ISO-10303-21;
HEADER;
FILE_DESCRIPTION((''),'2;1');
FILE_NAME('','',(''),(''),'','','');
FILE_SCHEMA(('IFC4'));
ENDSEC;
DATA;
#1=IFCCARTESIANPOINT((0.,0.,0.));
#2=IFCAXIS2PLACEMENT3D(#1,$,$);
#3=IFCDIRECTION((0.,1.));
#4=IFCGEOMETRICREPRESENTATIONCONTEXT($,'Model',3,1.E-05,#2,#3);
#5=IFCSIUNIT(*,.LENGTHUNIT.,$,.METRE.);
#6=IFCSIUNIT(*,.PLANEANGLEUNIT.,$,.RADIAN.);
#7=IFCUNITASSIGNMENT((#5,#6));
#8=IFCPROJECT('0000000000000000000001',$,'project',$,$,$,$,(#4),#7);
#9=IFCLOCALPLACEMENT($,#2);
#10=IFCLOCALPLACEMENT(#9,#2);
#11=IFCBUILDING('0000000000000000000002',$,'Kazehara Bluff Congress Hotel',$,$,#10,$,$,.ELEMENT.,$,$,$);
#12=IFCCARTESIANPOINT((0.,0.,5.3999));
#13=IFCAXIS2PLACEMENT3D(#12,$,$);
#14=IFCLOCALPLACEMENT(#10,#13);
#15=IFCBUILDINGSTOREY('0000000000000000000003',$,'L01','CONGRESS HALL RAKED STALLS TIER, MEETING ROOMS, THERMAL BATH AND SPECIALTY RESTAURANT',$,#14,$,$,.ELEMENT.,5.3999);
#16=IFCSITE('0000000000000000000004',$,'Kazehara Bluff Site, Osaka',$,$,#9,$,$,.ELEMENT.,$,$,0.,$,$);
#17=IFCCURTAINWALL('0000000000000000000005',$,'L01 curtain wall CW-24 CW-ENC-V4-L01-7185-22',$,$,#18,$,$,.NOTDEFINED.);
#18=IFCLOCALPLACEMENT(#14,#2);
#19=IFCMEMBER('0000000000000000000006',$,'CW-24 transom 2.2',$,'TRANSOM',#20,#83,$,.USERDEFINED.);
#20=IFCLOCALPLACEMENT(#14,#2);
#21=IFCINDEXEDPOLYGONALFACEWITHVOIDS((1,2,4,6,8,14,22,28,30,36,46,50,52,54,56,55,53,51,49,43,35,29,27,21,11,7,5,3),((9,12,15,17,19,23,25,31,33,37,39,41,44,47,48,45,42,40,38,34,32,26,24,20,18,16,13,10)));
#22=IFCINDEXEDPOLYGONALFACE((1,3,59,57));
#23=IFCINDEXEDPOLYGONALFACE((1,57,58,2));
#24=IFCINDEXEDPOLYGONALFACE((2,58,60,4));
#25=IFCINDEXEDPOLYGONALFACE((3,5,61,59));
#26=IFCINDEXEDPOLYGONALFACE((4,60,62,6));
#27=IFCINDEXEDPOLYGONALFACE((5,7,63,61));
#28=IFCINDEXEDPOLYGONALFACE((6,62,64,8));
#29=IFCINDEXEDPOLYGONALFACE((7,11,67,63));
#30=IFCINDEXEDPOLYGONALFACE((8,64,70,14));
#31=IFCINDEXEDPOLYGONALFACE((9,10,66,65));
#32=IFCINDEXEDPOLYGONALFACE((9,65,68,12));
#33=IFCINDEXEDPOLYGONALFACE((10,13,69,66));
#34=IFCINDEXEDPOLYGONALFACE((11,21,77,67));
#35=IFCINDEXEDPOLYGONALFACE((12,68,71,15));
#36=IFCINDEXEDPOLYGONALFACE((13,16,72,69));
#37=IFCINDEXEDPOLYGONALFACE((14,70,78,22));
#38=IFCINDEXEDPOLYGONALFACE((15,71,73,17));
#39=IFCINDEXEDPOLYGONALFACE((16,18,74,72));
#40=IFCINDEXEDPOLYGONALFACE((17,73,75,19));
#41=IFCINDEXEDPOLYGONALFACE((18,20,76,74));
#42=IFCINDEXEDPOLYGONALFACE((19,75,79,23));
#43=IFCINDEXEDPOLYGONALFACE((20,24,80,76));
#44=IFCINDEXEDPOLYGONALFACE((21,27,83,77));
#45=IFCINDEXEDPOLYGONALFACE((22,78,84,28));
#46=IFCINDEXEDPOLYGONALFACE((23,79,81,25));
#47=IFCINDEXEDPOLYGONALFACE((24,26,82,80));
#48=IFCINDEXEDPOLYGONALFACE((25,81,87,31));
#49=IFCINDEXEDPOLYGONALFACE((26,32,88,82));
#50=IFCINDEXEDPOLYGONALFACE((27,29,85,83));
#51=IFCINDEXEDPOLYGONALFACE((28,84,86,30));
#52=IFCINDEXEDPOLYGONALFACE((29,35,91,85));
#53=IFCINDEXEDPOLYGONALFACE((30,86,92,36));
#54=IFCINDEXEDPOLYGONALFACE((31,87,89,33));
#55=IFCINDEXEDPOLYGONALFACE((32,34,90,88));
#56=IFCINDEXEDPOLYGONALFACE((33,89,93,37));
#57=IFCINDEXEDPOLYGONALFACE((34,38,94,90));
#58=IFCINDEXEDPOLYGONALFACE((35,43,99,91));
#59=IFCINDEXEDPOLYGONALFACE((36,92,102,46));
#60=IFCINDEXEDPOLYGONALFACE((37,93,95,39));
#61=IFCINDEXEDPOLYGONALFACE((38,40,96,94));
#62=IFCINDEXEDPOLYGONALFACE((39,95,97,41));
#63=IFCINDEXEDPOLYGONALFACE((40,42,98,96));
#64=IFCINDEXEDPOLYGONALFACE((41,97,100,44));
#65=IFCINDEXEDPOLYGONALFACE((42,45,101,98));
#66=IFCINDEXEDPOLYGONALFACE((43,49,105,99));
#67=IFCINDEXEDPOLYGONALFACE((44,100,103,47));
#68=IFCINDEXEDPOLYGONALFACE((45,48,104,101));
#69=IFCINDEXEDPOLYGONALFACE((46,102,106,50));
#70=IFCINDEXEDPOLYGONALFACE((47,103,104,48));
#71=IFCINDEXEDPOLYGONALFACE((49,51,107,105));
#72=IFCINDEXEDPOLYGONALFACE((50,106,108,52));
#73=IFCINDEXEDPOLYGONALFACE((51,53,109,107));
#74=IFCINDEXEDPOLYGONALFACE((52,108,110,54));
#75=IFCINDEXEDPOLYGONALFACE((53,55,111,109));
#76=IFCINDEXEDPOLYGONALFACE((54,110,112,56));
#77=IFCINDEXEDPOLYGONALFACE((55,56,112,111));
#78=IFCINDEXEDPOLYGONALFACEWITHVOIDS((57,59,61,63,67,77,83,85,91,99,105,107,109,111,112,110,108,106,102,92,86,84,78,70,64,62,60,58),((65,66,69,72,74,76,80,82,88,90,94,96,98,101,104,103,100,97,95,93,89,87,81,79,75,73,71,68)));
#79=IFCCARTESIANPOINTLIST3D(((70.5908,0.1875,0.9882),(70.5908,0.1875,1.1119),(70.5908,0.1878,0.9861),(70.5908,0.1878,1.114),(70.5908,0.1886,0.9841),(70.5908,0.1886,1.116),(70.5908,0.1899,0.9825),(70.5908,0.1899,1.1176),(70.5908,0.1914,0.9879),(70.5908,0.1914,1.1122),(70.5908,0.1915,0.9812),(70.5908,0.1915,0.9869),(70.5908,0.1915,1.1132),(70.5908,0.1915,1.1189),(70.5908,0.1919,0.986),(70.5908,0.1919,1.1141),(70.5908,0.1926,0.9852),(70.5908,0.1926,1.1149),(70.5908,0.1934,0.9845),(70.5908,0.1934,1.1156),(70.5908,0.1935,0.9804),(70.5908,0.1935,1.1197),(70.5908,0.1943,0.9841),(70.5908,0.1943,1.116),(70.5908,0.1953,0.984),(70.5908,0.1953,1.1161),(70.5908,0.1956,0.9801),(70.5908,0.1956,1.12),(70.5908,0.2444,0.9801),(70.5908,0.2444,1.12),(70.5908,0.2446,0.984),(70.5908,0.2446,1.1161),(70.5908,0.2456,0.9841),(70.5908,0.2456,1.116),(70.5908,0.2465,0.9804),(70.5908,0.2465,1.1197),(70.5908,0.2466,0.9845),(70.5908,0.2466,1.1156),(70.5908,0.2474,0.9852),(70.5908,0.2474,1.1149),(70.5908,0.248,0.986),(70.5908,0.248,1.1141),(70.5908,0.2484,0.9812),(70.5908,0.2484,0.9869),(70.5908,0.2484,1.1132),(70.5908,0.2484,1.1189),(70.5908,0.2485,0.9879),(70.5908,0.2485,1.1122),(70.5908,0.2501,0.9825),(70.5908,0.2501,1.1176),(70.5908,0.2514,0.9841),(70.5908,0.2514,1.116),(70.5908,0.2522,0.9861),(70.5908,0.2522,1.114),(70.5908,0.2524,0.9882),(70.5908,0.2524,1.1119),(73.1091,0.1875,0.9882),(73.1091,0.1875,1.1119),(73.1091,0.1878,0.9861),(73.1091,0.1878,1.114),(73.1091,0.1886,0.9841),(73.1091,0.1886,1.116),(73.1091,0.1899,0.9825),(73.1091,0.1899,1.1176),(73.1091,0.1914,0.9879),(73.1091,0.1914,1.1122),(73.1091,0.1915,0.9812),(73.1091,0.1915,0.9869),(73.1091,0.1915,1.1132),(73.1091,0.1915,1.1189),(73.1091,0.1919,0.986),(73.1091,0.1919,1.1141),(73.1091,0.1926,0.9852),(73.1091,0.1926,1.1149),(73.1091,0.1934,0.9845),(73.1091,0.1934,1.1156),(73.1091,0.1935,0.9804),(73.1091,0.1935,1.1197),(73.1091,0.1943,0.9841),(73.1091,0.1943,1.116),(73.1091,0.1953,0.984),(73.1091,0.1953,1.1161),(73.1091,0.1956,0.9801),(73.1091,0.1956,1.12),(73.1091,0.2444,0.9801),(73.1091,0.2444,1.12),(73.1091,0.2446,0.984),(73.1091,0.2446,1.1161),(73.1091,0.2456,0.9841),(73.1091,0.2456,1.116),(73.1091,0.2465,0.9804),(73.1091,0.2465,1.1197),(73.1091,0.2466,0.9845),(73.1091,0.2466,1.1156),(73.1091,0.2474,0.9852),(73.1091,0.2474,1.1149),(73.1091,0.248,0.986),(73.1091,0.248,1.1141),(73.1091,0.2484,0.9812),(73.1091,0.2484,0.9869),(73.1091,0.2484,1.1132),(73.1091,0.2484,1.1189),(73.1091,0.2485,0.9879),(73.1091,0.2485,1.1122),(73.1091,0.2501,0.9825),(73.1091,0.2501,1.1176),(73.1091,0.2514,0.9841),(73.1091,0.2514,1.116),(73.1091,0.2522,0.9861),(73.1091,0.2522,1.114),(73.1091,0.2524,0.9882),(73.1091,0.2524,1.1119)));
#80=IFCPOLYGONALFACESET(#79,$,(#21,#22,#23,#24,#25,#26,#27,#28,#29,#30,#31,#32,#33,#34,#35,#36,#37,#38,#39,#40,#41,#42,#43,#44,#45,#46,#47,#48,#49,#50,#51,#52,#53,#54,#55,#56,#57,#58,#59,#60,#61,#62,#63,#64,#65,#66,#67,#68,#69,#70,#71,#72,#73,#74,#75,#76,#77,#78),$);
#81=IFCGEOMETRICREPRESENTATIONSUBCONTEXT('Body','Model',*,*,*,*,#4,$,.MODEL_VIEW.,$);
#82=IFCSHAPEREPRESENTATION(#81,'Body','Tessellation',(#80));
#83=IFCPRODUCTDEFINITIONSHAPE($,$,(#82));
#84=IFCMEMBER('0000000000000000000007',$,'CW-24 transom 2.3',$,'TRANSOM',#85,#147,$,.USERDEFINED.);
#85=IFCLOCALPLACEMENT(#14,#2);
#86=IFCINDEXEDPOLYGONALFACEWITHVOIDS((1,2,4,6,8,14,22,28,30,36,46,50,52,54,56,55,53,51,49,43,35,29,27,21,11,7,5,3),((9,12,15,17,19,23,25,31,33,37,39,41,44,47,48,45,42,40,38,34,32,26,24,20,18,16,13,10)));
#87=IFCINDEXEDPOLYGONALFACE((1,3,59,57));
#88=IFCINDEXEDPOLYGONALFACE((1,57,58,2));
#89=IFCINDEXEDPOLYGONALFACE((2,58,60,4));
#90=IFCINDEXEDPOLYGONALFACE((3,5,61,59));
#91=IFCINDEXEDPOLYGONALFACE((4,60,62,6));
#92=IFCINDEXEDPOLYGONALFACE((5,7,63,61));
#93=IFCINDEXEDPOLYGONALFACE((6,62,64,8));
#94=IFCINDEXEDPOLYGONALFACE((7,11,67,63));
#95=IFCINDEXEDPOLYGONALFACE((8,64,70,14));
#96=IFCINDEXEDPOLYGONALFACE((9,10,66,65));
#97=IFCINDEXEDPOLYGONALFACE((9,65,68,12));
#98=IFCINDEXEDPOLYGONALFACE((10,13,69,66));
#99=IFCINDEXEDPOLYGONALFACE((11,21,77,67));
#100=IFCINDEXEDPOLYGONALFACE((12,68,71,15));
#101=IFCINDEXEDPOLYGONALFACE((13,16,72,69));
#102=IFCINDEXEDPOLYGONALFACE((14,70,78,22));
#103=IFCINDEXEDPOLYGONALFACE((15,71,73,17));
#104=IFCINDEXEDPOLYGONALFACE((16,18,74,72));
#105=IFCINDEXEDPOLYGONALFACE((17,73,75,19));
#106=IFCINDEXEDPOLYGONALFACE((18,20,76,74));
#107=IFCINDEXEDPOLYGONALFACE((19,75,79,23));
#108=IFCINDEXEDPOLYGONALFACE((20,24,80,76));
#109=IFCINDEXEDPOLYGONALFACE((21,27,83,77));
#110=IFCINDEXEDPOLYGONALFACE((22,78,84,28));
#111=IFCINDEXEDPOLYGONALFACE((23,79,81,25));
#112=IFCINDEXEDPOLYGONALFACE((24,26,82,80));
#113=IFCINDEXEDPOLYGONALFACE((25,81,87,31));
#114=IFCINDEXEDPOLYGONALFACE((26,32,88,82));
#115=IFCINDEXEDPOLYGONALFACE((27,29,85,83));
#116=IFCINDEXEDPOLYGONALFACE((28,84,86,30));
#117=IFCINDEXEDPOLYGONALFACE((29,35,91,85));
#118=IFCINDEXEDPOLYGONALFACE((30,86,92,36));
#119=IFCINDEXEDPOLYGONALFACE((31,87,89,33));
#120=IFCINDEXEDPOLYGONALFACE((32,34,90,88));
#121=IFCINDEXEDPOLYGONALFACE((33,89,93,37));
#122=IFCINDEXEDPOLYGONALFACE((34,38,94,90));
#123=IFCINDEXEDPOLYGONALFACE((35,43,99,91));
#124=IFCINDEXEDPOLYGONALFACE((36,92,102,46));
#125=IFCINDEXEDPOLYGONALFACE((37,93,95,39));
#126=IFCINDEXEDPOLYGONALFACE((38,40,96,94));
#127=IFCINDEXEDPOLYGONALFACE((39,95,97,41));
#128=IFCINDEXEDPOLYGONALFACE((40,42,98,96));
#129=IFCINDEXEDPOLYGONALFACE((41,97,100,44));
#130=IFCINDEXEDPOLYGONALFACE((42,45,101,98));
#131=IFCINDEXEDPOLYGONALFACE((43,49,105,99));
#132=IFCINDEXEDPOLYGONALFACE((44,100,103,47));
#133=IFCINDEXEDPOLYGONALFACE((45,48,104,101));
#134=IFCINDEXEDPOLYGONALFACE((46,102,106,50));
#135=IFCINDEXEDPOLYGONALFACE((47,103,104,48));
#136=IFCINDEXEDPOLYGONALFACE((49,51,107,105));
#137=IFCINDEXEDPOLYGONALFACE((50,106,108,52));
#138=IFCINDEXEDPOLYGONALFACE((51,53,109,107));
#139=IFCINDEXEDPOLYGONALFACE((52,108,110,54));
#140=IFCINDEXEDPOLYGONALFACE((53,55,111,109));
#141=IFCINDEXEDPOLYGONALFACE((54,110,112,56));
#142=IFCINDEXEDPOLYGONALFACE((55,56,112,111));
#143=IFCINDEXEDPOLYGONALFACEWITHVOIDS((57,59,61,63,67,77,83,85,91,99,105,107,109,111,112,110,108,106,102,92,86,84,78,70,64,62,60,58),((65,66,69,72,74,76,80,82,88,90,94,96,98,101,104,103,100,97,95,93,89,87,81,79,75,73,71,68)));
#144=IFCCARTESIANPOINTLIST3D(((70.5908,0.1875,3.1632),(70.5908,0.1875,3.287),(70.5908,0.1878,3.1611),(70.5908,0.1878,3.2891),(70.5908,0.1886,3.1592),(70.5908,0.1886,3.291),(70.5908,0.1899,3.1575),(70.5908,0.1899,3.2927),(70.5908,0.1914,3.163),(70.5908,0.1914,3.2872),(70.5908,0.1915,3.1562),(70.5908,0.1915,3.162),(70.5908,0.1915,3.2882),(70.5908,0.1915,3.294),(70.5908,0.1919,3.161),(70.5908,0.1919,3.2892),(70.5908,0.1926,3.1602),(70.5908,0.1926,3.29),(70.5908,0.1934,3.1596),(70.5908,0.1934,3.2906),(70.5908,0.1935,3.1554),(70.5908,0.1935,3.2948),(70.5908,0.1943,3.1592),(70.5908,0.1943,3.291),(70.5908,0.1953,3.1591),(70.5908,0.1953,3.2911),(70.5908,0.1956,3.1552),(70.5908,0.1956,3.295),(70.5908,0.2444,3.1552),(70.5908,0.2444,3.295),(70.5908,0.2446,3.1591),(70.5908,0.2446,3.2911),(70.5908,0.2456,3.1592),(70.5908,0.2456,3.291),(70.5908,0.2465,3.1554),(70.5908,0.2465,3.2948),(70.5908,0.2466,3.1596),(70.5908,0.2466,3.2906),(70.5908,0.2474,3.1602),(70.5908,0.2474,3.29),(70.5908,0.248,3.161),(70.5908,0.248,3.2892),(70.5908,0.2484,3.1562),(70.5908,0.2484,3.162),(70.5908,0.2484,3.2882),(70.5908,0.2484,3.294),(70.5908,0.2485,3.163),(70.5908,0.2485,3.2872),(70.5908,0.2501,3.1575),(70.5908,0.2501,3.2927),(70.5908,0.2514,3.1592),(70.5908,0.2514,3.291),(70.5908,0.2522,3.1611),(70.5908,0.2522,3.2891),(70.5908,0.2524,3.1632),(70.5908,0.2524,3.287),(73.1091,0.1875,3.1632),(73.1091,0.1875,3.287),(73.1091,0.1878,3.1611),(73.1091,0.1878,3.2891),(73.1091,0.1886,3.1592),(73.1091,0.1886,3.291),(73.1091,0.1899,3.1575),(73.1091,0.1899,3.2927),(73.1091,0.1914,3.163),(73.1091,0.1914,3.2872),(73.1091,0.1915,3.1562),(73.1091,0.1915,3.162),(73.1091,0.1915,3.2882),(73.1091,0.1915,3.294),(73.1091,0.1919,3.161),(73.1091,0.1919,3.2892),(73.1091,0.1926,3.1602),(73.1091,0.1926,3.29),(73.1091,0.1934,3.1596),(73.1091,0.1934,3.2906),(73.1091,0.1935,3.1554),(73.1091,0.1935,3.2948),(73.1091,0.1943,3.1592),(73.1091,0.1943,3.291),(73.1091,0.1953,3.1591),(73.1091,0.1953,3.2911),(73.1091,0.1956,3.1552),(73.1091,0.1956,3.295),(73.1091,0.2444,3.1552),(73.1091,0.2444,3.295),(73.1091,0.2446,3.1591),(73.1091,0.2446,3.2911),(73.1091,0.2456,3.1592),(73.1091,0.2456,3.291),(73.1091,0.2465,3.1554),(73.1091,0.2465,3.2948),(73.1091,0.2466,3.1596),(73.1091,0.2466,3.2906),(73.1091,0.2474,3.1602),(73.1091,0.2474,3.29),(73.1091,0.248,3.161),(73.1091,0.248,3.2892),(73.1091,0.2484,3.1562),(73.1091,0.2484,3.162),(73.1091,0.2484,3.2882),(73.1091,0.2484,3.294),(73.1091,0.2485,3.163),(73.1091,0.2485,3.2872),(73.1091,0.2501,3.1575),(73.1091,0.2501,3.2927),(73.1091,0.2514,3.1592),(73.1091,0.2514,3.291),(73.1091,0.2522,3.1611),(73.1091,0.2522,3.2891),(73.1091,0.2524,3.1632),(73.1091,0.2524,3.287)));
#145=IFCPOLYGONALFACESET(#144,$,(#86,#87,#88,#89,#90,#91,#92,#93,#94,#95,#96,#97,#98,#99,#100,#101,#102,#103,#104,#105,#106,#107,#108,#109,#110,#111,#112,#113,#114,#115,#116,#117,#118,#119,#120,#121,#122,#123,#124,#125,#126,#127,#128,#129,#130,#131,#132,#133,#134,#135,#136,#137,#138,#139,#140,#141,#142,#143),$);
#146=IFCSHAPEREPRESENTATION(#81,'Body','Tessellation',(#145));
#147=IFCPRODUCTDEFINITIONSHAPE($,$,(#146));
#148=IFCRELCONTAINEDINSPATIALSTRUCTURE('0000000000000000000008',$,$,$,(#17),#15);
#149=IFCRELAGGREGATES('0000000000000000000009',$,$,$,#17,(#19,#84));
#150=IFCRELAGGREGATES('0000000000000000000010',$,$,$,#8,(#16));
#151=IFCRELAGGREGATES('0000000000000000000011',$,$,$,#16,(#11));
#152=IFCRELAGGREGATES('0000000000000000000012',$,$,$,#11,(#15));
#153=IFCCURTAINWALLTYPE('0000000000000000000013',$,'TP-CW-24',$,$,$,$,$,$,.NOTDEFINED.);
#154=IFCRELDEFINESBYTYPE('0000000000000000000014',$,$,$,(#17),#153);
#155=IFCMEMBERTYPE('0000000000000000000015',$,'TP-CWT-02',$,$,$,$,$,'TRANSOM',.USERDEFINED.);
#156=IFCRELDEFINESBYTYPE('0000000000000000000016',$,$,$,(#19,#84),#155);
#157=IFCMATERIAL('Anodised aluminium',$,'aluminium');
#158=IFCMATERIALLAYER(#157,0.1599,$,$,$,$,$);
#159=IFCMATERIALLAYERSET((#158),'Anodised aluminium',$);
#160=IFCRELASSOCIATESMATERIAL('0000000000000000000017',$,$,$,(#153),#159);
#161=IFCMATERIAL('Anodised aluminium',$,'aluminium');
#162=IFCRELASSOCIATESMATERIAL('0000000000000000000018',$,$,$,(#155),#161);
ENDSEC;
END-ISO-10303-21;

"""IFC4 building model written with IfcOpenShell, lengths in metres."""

from ifc_helpers import new_model, si_unit, direction, frame, origin, origin_2d, place, context, subcontext, project, spatial, hollow_rectangle, extrude, material, layer, layer_set, material_profile, profile_set, type_object, element, aggregate, save


model = new_model("IFC4")

# Units and contexts
model_context = context("Model", 3, precision=1e-05, world=origin(), true_north=direction((0.0, 1.0)))
body_context = subcontext(model_context, "Body", "Model", "MODEL_VIEW")
ifc_project = project(units=[si_unit("LENGTHUNIT", "METRE"), si_unit("PLANEANGLEUNIT", "RADIAN")], contexts=[model_context])

# Site, building, storey
site_placement = place(None, origin())
site = spatial("IfcSite", under=ifc_project, at=site_placement, Name="Kazehara Bluff Site, Osaka", CompositionType="ELEMENT", RefElevation=0.0)
building_placement = place(site_placement, origin())
building = spatial("IfcBuilding", under=site, at=building_placement, Name="Kazehara Bluff Congress Hotel", CompositionType="ELEMENT")
storey_placement = place(building_placement, frame((0.0, 0.0, 5.3999)))
storey = spatial("IfcBuildingStorey", under=building, at=storey_placement, Name="L01", Description="CONGRESS HALL RAKED STALLS TIER, MEETING ROOMS, THERMAL BATH AND SPECIALTY RESTAURANT", CompositionType="ELEMENT", Elevation=5.3999)

# Curtain wall
ifc_material_1 = material(Name="Anodised aluminium", Category="aluminium")
ifc_layer_1 = layer(ifc_material_1, 0.1599)
ifc_layer_set_1 = layer_set([ifc_layer_1], Name="Anodised aluminium")
curtain_wall_type_1 = type_object("IfcCurtainWallType", Name="TP-CW-24", PredefinedType="NOTDEFINED", material=ifc_layer_set_1)
curtain_wall_1_placement = place(storey_placement, origin())
curtain_wall_1 = element("IfcCurtainWall", 1, at=curtain_wall_1_placement, inside=storey, type_object=curtain_wall_type_1, Name="L01 curtain wall CW-24 CW-ENC-V4-L01-7185-22", PredefinedType="NOTDEFINED")

# Members
ifc_material_2 = material(Name="Anodised aluminium", Category="aluminium")
ifc_material_profile_1 = material_profile(ifc_material_2, hollow_rectangle(XDim=0.0649, YDim=0.1399, WallThickness=0.0039, InnerFilletRadius=0.0039, OuterFilletRadius=0.0081, at=origin_2d()))
ifc_profile_set_1 = profile_set([ifc_material_profile_1], Name="Anodised aluminium")
member_type_1 = type_object("IfcMemberType", Name="TP-CWT-02", ElementType="TRANSOM", PredefinedType="USERDEFINED", material=ifc_profile_set_1)
member_1_placement = place(storey_placement, frame((73.1091, 0.22, 1.05), z_axis=(-1.0, 0.0, 0.0), x_axis=(0.0, -1.0, 0.0)))
member_1 = element("IfcMember", 2, at=member_1_placement, type_object=member_type_1, Name="CW-24 transom 2.2", ObjectType="TRANSOM", PredefinedType="USERDEFINED", context=body_context, shape_type="SweptSolid", body=[
    extrude(hollow_rectangle(XDim=0.0649, YDim=0.1399, WallThickness=0.0039, InnerFilletRadius=0.0039, OuterFilletRadius=0.0081, at=origin_2d()), origin(), (0.0, 0.0, 1.0), 2.5183),
])
member_2_placement = place(storey_placement, frame((73.1091, 0.22, 3.2251), z_axis=(-1.0, 0.0, 0.0), x_axis=(0.0, -1.0, 0.0)))
member_2 = element("IfcMember", 3, at=member_2_placement, type_object=member_type_1, Name="CW-24 transom 2.3", ObjectType="TRANSOM", PredefinedType="USERDEFINED", context=body_context, shape_type="SweptSolid", body=[
    extrude(hollow_rectangle(XDim=0.0649, YDim=0.1399, WallThickness=0.0039, InnerFilletRadius=0.0039, OuterFilletRadius=0.0081, at=origin_2d()), origin(), (0.0, 0.0, 1.0), 2.5183),
])

aggregate(curtain_wall_1, [member_1, member_2])

save(model, "model.ifc")
